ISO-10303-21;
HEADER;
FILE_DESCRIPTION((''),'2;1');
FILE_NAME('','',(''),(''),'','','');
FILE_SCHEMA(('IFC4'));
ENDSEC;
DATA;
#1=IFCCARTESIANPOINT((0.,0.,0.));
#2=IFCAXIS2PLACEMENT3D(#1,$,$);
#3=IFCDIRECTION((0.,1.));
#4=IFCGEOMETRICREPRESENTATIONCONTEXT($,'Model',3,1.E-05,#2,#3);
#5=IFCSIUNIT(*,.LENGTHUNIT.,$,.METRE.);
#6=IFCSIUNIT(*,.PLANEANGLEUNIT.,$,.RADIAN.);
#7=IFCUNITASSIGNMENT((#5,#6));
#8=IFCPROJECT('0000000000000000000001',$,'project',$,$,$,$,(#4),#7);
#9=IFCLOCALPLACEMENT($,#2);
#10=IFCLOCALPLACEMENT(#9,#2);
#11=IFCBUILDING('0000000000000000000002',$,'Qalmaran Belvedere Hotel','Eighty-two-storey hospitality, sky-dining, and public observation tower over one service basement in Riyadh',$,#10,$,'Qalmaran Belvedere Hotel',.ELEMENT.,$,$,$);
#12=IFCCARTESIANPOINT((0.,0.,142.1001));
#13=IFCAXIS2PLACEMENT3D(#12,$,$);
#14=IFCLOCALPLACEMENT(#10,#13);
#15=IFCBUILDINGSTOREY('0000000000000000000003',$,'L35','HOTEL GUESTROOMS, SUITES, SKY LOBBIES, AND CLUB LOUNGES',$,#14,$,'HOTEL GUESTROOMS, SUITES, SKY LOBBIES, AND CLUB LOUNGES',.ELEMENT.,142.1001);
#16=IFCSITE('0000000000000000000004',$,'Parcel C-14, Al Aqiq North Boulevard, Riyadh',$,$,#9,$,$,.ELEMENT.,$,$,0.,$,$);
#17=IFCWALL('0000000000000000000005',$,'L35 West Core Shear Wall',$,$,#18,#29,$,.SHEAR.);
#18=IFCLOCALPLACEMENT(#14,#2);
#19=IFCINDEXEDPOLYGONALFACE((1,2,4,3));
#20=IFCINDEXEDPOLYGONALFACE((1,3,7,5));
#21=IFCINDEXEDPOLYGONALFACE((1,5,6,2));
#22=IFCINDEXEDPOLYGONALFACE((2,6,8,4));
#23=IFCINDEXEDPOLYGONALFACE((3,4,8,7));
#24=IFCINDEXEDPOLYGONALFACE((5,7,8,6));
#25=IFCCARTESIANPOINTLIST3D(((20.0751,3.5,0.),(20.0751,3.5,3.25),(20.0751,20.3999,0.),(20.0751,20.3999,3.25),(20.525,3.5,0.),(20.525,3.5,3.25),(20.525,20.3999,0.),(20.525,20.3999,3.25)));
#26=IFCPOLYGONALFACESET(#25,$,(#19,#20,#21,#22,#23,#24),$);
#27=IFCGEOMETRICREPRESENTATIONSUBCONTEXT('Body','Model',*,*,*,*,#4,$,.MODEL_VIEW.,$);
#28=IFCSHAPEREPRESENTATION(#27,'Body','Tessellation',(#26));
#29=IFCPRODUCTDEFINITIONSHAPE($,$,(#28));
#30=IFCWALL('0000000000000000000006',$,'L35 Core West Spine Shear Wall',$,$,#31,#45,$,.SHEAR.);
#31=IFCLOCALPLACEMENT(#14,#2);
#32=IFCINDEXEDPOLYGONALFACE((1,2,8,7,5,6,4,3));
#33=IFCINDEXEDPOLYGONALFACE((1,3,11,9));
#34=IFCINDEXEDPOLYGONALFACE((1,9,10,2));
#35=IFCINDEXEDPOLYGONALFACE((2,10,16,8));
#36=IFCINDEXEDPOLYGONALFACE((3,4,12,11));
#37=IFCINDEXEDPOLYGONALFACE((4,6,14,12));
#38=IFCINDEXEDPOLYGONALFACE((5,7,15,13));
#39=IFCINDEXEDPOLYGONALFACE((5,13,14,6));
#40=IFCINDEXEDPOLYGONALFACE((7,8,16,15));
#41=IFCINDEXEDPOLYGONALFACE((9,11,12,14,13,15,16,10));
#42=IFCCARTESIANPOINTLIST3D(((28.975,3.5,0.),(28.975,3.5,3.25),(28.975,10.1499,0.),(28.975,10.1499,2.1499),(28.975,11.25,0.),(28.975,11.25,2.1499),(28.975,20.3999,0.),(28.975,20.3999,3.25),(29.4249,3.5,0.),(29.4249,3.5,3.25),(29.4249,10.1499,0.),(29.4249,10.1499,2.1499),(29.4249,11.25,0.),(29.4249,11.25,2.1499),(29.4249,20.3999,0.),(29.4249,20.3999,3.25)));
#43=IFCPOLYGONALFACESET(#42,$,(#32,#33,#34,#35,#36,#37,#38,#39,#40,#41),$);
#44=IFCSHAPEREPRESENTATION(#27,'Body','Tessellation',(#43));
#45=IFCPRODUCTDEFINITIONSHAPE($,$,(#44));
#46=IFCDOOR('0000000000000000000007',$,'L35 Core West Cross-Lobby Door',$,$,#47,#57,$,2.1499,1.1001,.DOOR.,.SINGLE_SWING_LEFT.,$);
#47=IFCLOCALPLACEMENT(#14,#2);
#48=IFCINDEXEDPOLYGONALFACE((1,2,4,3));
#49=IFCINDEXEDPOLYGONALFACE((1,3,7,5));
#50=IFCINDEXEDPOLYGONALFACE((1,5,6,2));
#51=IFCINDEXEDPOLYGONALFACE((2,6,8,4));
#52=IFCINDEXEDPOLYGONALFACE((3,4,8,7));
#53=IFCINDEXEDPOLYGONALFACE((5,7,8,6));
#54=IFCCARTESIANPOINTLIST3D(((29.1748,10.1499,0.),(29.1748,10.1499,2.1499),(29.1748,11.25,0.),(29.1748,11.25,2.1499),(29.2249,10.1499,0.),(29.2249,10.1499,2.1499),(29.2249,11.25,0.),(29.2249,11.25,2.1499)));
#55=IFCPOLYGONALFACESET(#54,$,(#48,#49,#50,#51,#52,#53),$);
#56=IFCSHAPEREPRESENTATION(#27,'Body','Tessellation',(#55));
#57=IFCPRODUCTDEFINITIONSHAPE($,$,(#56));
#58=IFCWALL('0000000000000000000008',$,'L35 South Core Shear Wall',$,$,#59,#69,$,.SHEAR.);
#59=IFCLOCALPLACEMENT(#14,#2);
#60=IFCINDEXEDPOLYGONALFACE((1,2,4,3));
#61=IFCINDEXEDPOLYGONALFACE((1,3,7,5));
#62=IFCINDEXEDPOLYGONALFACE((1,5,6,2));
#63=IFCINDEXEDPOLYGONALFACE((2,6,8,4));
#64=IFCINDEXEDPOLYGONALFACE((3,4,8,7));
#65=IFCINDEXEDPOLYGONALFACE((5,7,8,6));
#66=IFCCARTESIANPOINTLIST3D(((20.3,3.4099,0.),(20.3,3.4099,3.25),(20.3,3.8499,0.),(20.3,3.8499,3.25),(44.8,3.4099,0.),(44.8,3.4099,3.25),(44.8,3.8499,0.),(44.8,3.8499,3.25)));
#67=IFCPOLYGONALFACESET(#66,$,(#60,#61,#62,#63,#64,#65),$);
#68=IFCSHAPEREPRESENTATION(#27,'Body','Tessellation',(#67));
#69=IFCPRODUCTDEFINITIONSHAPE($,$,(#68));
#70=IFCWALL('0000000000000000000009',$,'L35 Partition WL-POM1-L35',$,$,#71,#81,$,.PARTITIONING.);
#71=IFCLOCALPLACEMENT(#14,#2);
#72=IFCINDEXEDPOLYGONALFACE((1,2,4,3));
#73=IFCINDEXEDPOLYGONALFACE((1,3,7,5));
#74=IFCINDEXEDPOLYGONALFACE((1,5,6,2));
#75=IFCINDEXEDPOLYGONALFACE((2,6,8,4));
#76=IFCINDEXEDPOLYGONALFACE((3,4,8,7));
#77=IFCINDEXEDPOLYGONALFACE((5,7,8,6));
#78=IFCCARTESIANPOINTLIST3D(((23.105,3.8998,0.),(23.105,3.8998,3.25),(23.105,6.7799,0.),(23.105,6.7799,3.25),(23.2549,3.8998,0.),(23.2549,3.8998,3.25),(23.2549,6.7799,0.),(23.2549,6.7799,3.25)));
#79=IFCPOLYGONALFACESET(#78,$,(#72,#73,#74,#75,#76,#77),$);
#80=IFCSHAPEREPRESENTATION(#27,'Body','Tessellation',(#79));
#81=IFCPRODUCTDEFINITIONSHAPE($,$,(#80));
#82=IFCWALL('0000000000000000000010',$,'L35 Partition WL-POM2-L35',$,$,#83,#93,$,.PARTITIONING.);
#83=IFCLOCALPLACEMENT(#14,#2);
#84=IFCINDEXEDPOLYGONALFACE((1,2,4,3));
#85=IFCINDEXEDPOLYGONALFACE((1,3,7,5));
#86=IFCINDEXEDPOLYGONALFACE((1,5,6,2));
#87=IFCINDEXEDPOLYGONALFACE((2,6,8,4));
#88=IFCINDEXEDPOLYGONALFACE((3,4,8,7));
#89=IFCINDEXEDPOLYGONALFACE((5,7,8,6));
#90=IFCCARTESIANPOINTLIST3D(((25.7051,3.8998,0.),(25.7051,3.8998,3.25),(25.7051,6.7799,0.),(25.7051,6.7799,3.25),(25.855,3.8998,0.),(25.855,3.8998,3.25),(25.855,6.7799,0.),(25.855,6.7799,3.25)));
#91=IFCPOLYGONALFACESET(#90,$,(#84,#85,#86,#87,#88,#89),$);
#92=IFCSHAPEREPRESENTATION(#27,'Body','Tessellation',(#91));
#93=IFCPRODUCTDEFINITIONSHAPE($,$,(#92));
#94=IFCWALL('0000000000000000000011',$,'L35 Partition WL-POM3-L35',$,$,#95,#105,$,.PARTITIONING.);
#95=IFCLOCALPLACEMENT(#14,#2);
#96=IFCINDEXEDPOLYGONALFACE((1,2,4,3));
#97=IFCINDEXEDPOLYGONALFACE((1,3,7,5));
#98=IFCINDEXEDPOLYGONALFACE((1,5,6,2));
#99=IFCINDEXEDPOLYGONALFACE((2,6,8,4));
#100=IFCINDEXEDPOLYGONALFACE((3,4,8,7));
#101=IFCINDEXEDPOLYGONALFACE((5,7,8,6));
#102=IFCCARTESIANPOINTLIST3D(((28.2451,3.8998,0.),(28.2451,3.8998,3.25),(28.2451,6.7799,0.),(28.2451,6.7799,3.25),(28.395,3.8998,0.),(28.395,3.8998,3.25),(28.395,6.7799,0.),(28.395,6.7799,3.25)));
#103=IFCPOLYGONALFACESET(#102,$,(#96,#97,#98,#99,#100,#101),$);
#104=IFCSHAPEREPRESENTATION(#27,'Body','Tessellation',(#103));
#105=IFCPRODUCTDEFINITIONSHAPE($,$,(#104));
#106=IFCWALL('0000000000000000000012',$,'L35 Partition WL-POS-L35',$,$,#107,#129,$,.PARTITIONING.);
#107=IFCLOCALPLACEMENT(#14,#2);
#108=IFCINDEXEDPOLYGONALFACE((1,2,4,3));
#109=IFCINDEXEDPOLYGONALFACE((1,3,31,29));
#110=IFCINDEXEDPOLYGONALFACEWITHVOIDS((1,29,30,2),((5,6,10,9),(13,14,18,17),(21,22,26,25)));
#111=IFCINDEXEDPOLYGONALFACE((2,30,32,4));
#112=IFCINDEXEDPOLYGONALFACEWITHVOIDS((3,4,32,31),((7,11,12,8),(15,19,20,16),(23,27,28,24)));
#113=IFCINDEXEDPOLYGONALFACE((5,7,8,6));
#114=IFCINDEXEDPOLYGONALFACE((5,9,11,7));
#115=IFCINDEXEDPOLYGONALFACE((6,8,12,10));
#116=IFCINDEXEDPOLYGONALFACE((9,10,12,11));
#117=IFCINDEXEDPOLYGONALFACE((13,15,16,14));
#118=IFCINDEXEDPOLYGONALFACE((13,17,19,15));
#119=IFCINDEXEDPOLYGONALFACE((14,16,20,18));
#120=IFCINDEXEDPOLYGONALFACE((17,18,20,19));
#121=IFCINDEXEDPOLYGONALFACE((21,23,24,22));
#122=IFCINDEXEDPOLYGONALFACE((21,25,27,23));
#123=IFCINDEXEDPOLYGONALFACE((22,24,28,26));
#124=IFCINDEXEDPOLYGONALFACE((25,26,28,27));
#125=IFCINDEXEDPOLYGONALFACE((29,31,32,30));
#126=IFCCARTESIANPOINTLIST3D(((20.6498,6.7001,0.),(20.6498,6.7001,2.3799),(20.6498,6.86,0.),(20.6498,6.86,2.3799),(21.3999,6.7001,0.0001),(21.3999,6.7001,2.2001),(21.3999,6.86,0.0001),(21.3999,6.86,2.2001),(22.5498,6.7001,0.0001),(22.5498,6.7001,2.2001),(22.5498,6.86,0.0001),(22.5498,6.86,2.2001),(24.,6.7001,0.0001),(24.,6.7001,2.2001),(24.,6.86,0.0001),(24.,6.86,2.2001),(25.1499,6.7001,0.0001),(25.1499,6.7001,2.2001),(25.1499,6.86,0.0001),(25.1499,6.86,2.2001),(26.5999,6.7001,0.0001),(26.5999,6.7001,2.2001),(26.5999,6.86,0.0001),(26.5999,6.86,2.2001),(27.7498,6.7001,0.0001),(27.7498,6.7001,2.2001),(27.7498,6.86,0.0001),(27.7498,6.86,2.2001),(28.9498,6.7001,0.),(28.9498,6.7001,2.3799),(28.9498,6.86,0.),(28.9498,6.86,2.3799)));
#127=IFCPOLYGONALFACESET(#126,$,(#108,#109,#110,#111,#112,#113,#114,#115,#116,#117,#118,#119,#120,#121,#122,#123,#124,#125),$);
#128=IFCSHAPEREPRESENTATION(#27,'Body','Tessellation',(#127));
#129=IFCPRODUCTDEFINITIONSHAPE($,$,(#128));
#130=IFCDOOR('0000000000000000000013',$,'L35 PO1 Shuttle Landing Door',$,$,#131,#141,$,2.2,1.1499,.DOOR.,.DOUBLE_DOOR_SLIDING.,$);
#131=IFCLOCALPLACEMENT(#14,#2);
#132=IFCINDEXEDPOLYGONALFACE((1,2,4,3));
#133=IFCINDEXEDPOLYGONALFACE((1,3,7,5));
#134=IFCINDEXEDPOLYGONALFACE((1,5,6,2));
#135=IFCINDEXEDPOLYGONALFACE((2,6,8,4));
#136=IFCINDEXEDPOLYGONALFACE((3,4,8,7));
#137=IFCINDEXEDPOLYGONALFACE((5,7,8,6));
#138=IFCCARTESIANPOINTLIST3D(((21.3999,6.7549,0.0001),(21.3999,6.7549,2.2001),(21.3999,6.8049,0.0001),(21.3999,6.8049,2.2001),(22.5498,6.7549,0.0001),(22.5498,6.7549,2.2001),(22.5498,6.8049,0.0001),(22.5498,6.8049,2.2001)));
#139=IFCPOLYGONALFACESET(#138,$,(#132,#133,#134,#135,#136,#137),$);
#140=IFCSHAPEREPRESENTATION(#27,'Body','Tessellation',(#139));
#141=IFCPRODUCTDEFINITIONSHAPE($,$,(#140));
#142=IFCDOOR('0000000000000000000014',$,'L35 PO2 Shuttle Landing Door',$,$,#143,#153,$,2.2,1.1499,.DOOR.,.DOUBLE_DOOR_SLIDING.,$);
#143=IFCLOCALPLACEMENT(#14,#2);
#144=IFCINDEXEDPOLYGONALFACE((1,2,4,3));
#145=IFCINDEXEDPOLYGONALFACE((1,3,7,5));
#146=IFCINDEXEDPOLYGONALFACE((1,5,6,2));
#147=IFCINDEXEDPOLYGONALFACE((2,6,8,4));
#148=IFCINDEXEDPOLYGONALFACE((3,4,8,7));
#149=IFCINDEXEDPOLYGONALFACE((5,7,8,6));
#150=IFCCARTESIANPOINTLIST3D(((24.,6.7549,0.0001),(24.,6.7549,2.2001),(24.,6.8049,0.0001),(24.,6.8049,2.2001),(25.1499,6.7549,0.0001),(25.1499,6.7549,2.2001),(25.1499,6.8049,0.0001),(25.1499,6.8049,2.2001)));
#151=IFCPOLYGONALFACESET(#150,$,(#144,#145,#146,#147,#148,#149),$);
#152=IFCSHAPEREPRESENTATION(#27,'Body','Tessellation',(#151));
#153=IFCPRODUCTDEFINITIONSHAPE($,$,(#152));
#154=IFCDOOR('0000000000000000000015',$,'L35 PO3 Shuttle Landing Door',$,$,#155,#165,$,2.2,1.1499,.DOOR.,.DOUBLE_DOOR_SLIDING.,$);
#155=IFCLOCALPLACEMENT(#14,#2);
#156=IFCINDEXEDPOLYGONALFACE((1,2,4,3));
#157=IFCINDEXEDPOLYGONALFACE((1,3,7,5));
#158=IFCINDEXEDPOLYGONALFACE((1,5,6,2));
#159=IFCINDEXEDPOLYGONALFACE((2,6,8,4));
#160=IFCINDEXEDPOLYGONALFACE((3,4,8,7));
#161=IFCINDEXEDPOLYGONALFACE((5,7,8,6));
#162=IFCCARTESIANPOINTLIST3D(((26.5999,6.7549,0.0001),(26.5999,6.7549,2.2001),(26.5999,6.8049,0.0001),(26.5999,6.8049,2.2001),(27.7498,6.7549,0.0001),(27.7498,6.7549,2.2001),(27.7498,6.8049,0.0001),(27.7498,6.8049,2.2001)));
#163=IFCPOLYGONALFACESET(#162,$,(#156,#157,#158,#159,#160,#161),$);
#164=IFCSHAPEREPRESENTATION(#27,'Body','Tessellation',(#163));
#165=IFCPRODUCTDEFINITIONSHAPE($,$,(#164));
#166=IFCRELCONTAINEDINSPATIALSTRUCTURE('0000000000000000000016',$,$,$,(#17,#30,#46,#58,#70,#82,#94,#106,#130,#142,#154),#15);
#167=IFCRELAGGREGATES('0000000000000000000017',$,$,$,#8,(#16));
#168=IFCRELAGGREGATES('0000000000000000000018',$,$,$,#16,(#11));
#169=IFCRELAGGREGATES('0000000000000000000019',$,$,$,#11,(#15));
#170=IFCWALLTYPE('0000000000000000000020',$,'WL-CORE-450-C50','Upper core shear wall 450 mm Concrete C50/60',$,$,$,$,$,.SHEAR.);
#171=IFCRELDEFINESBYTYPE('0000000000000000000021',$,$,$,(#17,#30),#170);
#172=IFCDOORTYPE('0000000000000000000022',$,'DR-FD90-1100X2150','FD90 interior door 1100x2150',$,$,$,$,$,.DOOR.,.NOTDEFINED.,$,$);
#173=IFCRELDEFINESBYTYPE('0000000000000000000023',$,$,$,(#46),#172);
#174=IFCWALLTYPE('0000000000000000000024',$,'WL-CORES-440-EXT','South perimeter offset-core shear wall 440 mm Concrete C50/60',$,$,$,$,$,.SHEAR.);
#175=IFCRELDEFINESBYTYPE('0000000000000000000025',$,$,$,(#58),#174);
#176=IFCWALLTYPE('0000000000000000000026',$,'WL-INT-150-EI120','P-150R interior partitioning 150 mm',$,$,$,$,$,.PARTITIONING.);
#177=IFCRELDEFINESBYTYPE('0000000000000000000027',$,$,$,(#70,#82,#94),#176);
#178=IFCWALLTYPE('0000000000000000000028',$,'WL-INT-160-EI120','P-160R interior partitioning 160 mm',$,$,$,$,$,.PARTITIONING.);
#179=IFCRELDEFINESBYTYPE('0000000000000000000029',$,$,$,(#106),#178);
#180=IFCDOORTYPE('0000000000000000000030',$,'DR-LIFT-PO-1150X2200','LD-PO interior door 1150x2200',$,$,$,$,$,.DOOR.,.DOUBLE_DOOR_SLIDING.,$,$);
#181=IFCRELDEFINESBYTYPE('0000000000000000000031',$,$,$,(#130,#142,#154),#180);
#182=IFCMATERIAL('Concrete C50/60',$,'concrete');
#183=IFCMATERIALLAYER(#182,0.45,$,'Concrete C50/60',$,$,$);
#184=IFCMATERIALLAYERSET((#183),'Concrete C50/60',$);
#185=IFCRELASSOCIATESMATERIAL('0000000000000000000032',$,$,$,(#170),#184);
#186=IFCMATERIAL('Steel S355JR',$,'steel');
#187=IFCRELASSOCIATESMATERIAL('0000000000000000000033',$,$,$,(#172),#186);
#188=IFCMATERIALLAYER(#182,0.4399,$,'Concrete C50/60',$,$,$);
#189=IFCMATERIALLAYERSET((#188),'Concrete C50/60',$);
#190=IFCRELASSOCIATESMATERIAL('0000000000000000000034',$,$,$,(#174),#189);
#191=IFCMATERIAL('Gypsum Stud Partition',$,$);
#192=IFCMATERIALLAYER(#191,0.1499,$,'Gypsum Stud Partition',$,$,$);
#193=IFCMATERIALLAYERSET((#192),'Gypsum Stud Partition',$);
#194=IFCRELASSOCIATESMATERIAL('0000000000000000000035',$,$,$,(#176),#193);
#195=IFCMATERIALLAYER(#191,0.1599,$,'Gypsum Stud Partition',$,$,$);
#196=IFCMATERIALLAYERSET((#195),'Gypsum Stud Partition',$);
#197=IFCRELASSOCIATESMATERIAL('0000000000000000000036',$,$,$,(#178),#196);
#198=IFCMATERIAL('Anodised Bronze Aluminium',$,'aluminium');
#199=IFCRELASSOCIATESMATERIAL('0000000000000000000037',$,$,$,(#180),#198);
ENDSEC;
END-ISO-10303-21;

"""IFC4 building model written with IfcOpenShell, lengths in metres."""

from ifc_helpers import new_model, si_unit, direction, frame, frame_2d, origin, place, context, subcontext, project, spatial, rectangle, extrude, material, layer, layer_set, type_object, element, fill, save


model = new_model("IFC4")

# Units and contexts
model_context = context("Model", 3, precision=1e-05, world=origin(), true_north=direction((0.0, 1.0)))
body_context = subcontext(model_context, "Body", "Model", "MODEL_VIEW")
ifc_project = project(units=[si_unit("LENGTHUNIT", "METRE"), si_unit("PLANEANGLEUNIT", "RADIAN")], contexts=[model_context])

# Site, building, storey
site_placement = place(None, origin())
site = spatial("IfcSite", under=ifc_project, at=site_placement, Name="Parcel C-14, Al Aqiq North Boulevard, Riyadh", CompositionType="ELEMENT", RefElevation=0.0)
building_placement = place(site_placement, origin())
building = spatial("IfcBuilding", under=site, at=building_placement, Name="Qalmaran Belvedere Hotel", Description="Eighty-two-storey hospitality, sky-dining, and public observation tower over one service basement in Riyadh", LongName="Qalmaran Belvedere Hotel", CompositionType="ELEMENT")
storey_placement = place(building_placement, frame((0.0, 0.0, 142.1001)))
storey = spatial("IfcBuildingStorey", under=building, at=storey_placement, Name="L35", Description="HOTEL GUESTROOMS, SUITES, SKY LOBBIES, AND CLUB LOUNGES", LongName="HOTEL GUESTROOMS, SUITES, SKY LOBBIES, AND CLUB LOUNGES", CompositionType="ELEMENT", Elevation=142.1001)

# Shared definitions
ifc_material_1 = material(Name="Concrete C50/60", Category="concrete")

# Shared definitions
ifc_material_2 = material(Name="Steel S355JR", Category="steel")

# Shared definitions
ifc_material_3 = material(Name="Anodised Bronze Aluminium", Category="aluminium")

# Wall
ifc_layer_1 = layer(ifc_material_1, 0.45, Name="Concrete C50/60")
ifc_layer_set_1 = layer_set([ifc_layer_1], Name="Concrete C50/60")
wall_type_1 = type_object("IfcWallType", Name="WL-CORE-450-C50", Description="Upper core shear wall 450 mm Concrete C50/60", PredefinedType="SHEAR", material=ifc_layer_set_1)
wall_1_placement = place(storey_placement, frame((20.3, 3.5, 0.0), z_axis=(0.0, 0.0, 1.0), x_axis=(0.0, 1.0, 0.0)))
element("IfcWall", 1, at=wall_1_placement, inside=storey, type_object=wall_type_1, Name="L35 West Core Shear Wall", PredefinedType="SHEAR", context=body_context, shape_type="SweptSolid", body=[
    extrude(rectangle(XDim=16.8999, YDim=0.45, at=frame_2d((8.45, 0.0))), origin(), (0.0, 0.0, 1.0), 3.25),
])

# Wall, opening, door
wall_2_placement = place(storey_placement, frame((29.2, 3.5, 0.0), z_axis=(0.0, 0.0, 1.0), x_axis=(0.0, 1.0, 0.0)))
wall_2 = element("IfcWall", 2, at=wall_2_placement, inside=storey, type_object=wall_type_1, Name="L35 Core West Spine Shear Wall", PredefinedType="SHEAR", context=body_context, shape_type="SweptSolid", body=[
    extrude(rectangle(XDim=16.8999, YDim=0.45, at=frame_2d((8.45, 0.0))), origin(), (0.0, 0.0, 1.0), 3.25),
])
opening_1_placement = place(wall_2_placement, frame((7.75, 0.0, 0.0), z_axis=(0.0, 0.0, 1.0), x_axis=(-1.0, 0.0, 0.0)))
opening_1 = element("IfcOpeningElement", 3, at=opening_1_placement, cuts=wall_2, PredefinedType="OPENING", context=body_context, shape_type="SweptSolid", body=[
    extrude(rectangle(XDim=1.1001, YDim=2.1499, at=frame_2d((0.55, 1.075))), frame((0.0, 0.2349, 0.0), z_axis=(0.0, -1.0, 0.0), x_axis=(1.0, 0.0, 0.0)), (0.0, 0.0, 1.0), 0.47),
])
door_type_1 = type_object("IfcDoorType", Name="DR-FD90-1100X2150", Description="FD90 interior door 1100x2150", OperationType="NOTDEFINED", PredefinedType="DOOR", material=ifc_material_2)
door_1_placement = place(opening_1_placement, origin())
door_1 = element("IfcDoor", 4, at=door_1_placement, inside=storey, type_object=door_type_1, Name="L35 Core West Cross-Lobby Door", OperationType="SINGLE_SWING_LEFT", OverallHeight=2.1499, OverallWidth=1.1001, PredefinedType="DOOR", context=body_context, shape_type="SweptSolid", body=[
    extrude(rectangle(XDim=1.1001, YDim=2.1499, at=frame_2d((0.55, 1.075))), frame((0.0, 0.0249, 0.0), z_axis=(0.0, -1.0, 0.0), x_axis=(1.0, 0.0, 0.0)), (0.0, 0.0, 1.0), 0.05),
])
fill(opening_1, door_1)

# Walls
ifc_layer_2 = layer(ifc_material_1, 0.4399, Name="Concrete C50/60")
ifc_layer_set_2 = layer_set([ifc_layer_2], Name="Concrete C50/60")
wall_type_2 = type_object("IfcWallType", Name="WL-CORES-440-EXT", Description="South perimeter offset-core shear wall 440 mm Concrete C50/60", PredefinedType="SHEAR", material=ifc_layer_set_2)
wall_3_placement = place(storey_placement, frame((20.3, 3.6299, 0.0), z_axis=(0.0, 0.0, 1.0), x_axis=(1.0, 0.0, 0.0)))
element("IfcWall", 5, at=wall_3_placement, inside=storey, type_object=wall_type_2, Name="L35 South Core Shear Wall", PredefinedType="SHEAR", context=body_context, shape_type="SweptSolid", body=[
    extrude(rectangle(XDim=24.5, YDim=0.4399, at=frame_2d((12.25, 0.0))), origin(), (0.0, 0.0, 1.0), 3.25),
])
ifc_material_4 = material(Name="Gypsum Stud Partition")
ifc_layer_3 = layer(ifc_material_4, 0.1499, Name="Gypsum Stud Partition")
ifc_layer_set_3 = layer_set([ifc_layer_3], Name="Gypsum Stud Partition")
wall_type_3 = type_object("IfcWallType", Name="WL-INT-150-EI120", Description="P-150R interior partitioning 150 mm", PredefinedType="PARTITIONING", material=ifc_layer_set_3)
for number, where, z_axis, x_axis, name in (
    (6, (23.1799, 3.8999, 0.0), (0.0, 0.0, 1.0), (0.0, 1.0, 0.0), "L35 Partition WL-POM1-L35"),
    (7, (25.78, 3.8999, 0.0), (0.0, 0.0, 1.0), (0.0, 1.0, 0.0), "L35 Partition WL-POM2-L35"),
    (8, (28.3201, 3.8999, 0.0), (0.0, 0.0, 1.0), (0.0, 1.0, 0.0), "L35 Partition WL-POM3-L35"),
):
    element("IfcWall", number, at=place(storey_placement, frame(where, z_axis=z_axis, x_axis=x_axis)), inside=storey, type_object=wall_type_3, Name=name, PredefinedType="PARTITIONING", context=body_context, shape_type="SweptSolid", body=[
        extrude(rectangle(XDim=2.8801, YDim=0.1499, at=frame_2d((1.4399, 0.0))), origin(), (0.0, 0.0, 1.0), 3.25),
    ])

# Wall, openings, doors
ifc_layer_4 = layer(ifc_material_4, 0.1599, Name="Gypsum Stud Partition")
ifc_layer_set_4 = layer_set([ifc_layer_4], Name="Gypsum Stud Partition")
wall_type_4 = type_object("IfcWallType", Name="WL-INT-160-EI120", Description="P-160R interior partitioning 160 mm", PredefinedType="PARTITIONING", material=ifc_layer_set_4)
wall_4_placement = place(storey_placement, frame((20.6499, 6.78, 0.0), z_axis=(0.0, 0.0, 1.0), x_axis=(1.0, 0.0, 0.0)))
wall_4 = element("IfcWall", 9, at=wall_4_placement, inside=storey, type_object=wall_type_4, Name="L35 Partition WL-POS-L35", PredefinedType="PARTITIONING", context=body_context, shape_type="SweptSolid", body=[
    extrude(rectangle(XDim=8.3, YDim=0.1599, at=frame_2d((4.1499, 0.0))), origin(), (0.0, 0.0, 1.0), 2.3799),
])
opening_2_placement = place(wall_4_placement, frame((0.75, 0.0, 0.0)))
opening_2 = element("IfcOpeningElement", 10, at=opening_2_placement, cuts=wall_4, PredefinedType="OPENING", context=body_context, shape_type="SweptSolid", body=[
    extrude(rectangle(XDim=1.1499, YDim=2.2, at=frame_2d((0.575, 1.1001))), frame((0.0, 0.0898, 0.0), z_axis=(0.0, -1.0, 0.0), x_axis=(1.0, 0.0, 0.0)), (0.0, 0.0, 1.0), 0.1799),
])
opening_3_placement = place(wall_4_placement, frame((3.3501, 0.0, 0.0)))
opening_3 = element("IfcOpeningElement", 11, at=opening_3_placement, cuts=wall_4, PredefinedType="OPENING", context=body_context, shape_type="SweptSolid", body=[
    extrude(rectangle(XDim=1.1499, YDim=2.2, at=frame_2d((0.575, 1.1001))), frame((0.0, 0.0898, 0.0), z_axis=(0.0, -1.0, 0.0), x_axis=(1.0, 0.0, 0.0)), (0.0, 0.0, 1.0), 0.1799),
])
opening_4_placement = place(wall_4_placement, frame((5.95, 0.0, 0.0)))
opening_4 = element("IfcOpeningElement", 12, at=opening_4_placement, cuts=wall_4, PredefinedType="OPENING", context=body_context, shape_type="SweptSolid", body=[
    extrude(rectangle(XDim=1.1499, YDim=2.2, at=frame_2d((0.575, 1.1001))), frame((0.0, 0.0898, 0.0), z_axis=(0.0, -1.0, 0.0), x_axis=(1.0, 0.0, 0.0)), (0.0, 0.0, 1.0), 0.1799),
])
door_type_2 = type_object("IfcDoorType", Name="DR-LIFT-PO-1150X2200", Description="LD-PO interior door 1150x2200", OperationType="DOUBLE_DOOR_SLIDING", PredefinedType="DOOR", material=ifc_material_3)
door_2_placement = place(opening_2_placement, origin())
door_2 = element("IfcDoor", 13, at=door_2_placement, inside=storey, type_object=door_type_2, Name="L35 PO1 Shuttle Landing Door", OperationType="DOUBLE_DOOR_SLIDING", OverallHeight=2.2, OverallWidth=1.1499, PredefinedType="DOOR", context=body_context, shape_type="SweptSolid", body=[
    extrude(rectangle(XDim=1.1499, YDim=2.2, at=frame_2d((0.575, 1.1001))), frame((0.0, 0.0249, 0.0), z_axis=(0.0, -1.0, 0.0), x_axis=(1.0, 0.0, 0.0)), (0.0, 0.0, 1.0), 0.05),
])
fill(opening_2, door_2)
door_3_placement = place(opening_3_placement, origin())
door_3 = element("IfcDoor", 14, at=door_3_placement, inside=storey, type_object=door_type_2, Name="L35 PO2 Shuttle Landing Door", OperationType="DOUBLE_DOOR_SLIDING", OverallHeight=2.2, OverallWidth=1.1499, PredefinedType="DOOR", context=body_context, shape_type="SweptSolid", body=[
    extrude(rectangle(XDim=1.1499, YDim=2.2, at=frame_2d((0.575, 1.1001))), frame((0.0, 0.0249, 0.0), z_axis=(0.0, -1.0, 0.0), x_axis=(1.0, 0.0, 0.0)), (0.0, 0.0, 1.0), 0.05),
])
fill(opening_3, door_3)
door_4_placement = place(opening_4_placement, origin())
door_4 = element("IfcDoor", 15, at=door_4_placement, inside=storey, type_object=door_type_2, Name="L35 PO3 Shuttle Landing Door", OperationType="DOUBLE_DOOR_SLIDING", OverallHeight=2.2, OverallWidth=1.1499, PredefinedType="DOOR", context=body_context, shape_type="SweptSolid", body=[
    extrude(rectangle(XDim=1.1499, YDim=2.2, at=frame_2d((0.575, 1.1001))), frame((0.0, 0.0249, 0.0), z_axis=(0.0, -1.0, 0.0), x_axis=(1.0, 0.0, 0.0)), (0.0, 0.0, 1.0), 0.05),
])
fill(opening_4, door_4)

save(model, "model.ifc")
